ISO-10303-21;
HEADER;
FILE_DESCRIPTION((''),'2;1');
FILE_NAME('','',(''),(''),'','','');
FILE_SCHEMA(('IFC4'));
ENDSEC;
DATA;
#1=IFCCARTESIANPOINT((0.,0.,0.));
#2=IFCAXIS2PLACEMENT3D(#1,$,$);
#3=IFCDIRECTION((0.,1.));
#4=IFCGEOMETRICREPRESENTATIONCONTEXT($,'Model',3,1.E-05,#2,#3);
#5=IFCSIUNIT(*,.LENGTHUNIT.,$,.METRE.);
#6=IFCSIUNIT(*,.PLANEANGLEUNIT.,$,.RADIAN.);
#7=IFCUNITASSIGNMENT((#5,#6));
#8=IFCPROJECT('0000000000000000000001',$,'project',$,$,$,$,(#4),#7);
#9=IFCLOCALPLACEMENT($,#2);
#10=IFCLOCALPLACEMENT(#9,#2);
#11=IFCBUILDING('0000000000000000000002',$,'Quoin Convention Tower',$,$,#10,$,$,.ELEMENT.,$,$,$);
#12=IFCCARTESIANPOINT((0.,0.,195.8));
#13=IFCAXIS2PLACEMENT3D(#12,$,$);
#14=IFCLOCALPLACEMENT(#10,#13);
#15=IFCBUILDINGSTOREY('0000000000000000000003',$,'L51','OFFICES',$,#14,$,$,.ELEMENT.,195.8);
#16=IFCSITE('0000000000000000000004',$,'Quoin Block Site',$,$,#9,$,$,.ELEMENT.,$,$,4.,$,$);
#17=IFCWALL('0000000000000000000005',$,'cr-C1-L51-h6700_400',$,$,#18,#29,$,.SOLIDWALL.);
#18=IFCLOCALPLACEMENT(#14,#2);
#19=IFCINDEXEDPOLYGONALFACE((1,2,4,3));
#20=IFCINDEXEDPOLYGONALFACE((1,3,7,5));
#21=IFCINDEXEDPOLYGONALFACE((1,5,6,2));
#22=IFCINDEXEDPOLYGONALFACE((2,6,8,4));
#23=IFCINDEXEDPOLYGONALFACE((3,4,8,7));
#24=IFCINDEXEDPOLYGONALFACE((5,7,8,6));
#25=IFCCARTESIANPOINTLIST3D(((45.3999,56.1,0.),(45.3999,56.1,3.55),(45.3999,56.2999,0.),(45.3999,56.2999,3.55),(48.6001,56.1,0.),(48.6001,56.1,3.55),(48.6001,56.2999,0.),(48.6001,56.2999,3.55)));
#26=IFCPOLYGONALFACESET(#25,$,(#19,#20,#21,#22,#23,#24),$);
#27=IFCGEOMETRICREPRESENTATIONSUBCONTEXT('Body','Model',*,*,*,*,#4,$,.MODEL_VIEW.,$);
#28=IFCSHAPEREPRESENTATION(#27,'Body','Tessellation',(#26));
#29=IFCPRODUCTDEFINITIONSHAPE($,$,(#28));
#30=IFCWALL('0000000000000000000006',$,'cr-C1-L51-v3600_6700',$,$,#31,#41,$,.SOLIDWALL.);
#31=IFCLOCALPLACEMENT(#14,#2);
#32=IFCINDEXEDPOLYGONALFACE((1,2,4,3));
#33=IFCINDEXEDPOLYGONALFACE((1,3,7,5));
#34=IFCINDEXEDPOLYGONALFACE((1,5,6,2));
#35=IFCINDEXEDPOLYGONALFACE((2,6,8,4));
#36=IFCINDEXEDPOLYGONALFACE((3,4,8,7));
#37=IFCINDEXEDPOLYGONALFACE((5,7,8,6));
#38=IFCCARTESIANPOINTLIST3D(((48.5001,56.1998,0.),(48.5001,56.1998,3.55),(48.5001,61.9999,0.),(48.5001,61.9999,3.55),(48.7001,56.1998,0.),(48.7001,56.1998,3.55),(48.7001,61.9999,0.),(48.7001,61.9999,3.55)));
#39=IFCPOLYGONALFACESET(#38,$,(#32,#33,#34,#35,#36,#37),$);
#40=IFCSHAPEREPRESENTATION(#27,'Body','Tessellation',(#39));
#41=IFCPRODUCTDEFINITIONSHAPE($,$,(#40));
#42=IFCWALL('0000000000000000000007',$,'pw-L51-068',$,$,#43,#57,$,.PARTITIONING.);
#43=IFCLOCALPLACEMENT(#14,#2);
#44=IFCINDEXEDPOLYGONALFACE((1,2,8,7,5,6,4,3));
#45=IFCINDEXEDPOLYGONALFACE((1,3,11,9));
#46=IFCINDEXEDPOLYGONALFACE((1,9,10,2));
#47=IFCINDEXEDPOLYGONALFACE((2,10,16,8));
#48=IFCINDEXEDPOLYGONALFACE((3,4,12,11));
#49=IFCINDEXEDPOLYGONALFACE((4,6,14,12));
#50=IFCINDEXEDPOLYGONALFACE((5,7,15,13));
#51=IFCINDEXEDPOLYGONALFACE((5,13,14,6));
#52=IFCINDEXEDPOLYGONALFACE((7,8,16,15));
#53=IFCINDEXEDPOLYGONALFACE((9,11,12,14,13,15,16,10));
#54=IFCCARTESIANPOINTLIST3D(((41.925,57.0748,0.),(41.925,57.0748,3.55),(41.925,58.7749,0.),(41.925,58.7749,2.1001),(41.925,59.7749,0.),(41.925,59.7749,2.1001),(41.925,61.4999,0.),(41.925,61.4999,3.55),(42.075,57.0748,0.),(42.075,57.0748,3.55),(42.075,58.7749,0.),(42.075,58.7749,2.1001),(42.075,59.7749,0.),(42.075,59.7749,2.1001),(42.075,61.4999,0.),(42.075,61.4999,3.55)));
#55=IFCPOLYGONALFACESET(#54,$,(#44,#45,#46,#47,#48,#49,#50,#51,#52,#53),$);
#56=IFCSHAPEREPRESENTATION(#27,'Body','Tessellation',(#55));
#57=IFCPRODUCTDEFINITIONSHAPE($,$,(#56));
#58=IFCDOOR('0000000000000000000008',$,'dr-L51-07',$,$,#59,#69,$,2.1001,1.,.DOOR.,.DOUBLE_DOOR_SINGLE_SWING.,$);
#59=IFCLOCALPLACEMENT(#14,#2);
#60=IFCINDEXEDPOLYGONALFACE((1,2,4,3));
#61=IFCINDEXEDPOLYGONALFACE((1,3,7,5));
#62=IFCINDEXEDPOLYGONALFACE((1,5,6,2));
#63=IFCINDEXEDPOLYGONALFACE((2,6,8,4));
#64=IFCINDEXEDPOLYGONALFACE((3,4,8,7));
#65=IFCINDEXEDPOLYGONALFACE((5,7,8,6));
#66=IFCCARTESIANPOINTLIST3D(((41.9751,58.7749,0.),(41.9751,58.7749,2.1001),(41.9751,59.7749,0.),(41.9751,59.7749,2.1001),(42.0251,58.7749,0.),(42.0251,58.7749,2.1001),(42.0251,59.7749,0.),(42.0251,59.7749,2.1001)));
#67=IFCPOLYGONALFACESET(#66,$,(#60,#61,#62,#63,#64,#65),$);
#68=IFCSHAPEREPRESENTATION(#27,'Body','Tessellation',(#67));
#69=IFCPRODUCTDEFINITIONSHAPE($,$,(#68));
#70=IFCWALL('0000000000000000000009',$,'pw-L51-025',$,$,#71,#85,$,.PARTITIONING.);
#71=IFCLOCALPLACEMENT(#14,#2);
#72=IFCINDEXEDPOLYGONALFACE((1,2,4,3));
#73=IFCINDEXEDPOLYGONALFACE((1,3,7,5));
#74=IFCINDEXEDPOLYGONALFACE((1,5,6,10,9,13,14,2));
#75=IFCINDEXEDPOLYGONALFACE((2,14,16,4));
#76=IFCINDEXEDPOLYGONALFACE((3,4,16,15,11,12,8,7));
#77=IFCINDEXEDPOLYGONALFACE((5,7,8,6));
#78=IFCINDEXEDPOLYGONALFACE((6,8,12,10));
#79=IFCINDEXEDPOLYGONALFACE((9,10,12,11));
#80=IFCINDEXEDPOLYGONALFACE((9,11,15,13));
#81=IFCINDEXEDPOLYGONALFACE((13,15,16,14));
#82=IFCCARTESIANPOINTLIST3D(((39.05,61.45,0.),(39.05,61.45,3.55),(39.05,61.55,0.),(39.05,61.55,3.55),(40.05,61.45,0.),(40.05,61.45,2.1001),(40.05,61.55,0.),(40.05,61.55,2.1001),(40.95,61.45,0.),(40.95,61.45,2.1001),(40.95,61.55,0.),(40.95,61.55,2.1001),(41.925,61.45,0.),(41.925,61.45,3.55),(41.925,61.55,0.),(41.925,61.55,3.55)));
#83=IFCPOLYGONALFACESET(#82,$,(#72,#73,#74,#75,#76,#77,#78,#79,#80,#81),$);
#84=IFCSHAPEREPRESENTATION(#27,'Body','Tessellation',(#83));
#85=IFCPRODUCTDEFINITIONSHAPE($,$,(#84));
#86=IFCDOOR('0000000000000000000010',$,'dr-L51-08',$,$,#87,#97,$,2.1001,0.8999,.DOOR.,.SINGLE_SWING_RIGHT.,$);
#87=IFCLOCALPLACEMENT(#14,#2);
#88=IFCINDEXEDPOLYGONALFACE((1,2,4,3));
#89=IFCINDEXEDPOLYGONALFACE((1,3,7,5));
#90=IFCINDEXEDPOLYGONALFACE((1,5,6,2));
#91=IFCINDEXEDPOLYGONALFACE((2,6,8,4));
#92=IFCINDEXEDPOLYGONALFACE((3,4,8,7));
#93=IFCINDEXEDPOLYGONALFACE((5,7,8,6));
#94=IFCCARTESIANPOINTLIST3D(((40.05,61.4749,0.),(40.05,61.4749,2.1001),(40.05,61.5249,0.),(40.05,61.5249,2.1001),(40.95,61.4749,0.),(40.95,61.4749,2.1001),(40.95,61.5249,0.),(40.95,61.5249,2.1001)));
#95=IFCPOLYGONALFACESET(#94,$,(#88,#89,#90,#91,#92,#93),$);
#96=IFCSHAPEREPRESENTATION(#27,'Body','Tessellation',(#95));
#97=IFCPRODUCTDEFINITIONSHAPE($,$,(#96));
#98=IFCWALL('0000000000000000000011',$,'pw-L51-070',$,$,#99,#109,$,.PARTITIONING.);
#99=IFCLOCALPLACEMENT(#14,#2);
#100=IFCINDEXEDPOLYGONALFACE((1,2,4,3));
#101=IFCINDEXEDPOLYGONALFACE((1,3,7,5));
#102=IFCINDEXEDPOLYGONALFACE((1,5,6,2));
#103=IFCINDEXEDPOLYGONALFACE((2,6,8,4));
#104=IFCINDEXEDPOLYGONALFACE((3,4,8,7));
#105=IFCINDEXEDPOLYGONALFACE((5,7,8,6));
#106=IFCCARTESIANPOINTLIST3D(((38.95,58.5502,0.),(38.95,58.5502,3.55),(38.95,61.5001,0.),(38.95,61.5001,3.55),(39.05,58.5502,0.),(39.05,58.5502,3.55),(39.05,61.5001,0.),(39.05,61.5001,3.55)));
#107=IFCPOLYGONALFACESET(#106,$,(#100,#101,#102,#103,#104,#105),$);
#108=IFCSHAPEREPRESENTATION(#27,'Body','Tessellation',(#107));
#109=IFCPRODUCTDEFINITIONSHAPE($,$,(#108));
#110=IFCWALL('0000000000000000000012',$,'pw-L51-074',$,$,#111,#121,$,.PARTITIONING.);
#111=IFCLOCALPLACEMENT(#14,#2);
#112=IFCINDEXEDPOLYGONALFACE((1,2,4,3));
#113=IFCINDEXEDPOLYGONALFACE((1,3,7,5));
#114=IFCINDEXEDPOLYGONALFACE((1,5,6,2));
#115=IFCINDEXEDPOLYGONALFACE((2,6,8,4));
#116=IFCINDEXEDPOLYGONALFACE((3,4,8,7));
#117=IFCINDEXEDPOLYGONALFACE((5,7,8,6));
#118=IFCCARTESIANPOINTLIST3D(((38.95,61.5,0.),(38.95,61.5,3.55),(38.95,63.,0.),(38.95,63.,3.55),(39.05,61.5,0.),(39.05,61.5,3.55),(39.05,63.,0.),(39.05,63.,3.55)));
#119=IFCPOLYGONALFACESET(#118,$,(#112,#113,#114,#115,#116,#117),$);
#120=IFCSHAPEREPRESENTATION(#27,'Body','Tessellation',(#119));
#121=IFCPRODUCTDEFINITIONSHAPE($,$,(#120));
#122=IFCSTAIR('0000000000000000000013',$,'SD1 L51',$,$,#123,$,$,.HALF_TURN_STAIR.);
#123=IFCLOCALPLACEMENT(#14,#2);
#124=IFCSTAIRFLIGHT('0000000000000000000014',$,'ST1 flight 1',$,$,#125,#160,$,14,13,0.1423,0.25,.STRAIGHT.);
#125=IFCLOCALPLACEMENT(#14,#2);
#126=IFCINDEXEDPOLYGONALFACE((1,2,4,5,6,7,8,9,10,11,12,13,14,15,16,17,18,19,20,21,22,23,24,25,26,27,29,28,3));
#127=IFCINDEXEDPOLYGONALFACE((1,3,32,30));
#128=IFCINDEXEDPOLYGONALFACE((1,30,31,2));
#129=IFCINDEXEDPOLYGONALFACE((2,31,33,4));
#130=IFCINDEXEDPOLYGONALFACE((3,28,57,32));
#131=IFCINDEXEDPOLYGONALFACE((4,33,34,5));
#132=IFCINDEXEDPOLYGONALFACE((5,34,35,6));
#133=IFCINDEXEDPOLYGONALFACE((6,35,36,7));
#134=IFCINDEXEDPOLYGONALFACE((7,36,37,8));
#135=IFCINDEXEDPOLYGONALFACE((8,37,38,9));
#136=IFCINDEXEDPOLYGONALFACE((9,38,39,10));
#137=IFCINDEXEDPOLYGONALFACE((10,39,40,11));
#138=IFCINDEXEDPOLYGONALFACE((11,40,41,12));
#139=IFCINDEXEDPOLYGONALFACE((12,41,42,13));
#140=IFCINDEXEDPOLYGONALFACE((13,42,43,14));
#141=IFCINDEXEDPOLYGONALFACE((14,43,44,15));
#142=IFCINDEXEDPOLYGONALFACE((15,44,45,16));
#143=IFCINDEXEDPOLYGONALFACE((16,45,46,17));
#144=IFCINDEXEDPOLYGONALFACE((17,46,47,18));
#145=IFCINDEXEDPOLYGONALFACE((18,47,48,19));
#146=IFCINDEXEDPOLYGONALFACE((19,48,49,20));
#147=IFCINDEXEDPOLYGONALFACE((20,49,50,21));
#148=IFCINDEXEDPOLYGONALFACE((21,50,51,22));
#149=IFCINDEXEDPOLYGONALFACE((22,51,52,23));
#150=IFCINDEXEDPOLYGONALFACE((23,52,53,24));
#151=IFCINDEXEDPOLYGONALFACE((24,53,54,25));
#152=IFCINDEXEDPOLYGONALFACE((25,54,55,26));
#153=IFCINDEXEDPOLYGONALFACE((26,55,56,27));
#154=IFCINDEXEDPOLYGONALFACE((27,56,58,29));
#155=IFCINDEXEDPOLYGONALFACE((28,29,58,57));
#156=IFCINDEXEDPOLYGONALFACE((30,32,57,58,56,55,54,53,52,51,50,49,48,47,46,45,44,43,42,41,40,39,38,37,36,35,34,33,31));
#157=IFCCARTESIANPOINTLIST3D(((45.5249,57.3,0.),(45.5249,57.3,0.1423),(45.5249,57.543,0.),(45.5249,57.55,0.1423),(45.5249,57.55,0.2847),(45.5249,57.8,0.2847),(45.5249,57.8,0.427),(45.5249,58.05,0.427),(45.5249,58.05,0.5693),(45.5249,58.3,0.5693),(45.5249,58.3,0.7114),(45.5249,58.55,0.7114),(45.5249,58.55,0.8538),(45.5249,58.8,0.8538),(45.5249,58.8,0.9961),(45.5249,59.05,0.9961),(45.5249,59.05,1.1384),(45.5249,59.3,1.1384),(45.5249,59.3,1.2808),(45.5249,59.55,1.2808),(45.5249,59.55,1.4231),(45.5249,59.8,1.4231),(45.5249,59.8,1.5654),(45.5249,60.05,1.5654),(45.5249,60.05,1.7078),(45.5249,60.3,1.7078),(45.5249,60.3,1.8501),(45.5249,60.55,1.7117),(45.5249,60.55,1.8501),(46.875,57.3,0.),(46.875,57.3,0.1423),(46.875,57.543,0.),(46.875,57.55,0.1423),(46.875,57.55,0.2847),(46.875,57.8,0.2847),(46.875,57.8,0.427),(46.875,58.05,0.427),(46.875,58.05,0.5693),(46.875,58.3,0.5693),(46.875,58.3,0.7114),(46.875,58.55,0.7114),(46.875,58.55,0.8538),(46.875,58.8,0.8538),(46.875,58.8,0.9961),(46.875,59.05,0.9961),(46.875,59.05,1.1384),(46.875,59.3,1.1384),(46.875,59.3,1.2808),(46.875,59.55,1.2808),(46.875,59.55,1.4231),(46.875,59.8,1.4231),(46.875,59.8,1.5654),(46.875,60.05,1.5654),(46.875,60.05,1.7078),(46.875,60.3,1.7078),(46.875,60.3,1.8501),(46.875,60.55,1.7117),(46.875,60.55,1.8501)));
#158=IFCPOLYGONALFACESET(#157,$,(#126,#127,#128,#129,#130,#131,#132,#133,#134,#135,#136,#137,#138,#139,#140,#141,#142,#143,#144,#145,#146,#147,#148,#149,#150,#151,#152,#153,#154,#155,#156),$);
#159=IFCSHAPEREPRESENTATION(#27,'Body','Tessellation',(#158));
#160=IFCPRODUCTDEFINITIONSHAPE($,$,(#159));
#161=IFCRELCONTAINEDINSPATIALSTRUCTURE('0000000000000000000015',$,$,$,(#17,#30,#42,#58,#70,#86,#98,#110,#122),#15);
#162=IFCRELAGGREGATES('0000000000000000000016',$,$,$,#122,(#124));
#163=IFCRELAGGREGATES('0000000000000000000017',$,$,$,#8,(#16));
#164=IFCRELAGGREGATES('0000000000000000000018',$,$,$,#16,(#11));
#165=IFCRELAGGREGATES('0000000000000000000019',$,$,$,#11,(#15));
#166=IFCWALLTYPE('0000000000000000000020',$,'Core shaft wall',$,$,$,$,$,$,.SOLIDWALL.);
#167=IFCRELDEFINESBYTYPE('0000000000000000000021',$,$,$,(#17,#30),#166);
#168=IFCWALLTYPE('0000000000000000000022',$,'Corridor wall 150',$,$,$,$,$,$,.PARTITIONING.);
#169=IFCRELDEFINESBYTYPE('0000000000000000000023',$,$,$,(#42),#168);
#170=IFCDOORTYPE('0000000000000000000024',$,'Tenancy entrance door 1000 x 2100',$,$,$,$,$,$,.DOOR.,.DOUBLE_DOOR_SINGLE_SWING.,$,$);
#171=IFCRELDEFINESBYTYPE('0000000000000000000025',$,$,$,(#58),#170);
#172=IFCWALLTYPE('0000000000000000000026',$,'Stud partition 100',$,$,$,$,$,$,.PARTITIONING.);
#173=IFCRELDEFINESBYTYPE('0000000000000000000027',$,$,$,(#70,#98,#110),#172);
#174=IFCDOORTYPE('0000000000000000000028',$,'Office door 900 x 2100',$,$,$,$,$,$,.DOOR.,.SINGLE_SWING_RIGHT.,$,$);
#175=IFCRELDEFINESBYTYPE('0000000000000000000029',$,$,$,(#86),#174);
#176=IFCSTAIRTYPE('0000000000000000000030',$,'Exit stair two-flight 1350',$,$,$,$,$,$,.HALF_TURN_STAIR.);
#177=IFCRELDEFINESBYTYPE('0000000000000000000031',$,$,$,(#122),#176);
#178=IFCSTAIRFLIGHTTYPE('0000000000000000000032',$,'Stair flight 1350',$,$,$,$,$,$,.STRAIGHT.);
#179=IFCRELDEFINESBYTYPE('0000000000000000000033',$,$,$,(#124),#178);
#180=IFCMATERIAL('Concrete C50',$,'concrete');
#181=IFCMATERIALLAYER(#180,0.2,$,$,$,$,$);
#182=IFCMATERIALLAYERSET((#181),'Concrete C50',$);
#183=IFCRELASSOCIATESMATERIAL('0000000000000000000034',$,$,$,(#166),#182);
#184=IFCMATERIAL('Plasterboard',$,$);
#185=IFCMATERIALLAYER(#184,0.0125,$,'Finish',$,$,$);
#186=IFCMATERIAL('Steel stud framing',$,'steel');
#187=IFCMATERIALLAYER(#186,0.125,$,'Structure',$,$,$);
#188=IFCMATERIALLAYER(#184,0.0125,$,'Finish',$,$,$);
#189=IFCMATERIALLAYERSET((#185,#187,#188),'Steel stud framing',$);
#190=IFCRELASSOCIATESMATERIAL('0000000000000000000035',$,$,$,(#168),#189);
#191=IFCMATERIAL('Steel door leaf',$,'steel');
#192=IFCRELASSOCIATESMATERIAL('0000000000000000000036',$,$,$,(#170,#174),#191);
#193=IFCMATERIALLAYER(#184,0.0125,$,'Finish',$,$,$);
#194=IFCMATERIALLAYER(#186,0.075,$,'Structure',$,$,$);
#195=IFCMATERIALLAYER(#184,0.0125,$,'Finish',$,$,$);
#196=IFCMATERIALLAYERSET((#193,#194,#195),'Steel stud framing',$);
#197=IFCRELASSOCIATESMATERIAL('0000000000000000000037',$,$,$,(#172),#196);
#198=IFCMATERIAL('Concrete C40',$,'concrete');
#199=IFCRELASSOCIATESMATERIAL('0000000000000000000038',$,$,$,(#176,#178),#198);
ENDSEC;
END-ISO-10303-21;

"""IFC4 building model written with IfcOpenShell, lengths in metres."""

from ifc_helpers import new_model, si_unit, direction, frame, frame_2d, origin, place, context, subcontext, project, spatial, polyline, rectangle, outline, extrude, material, layer, layer_set, type_object, element, fill, aggregate, save


model = new_model("IFC4")

# Units and contexts
model_context = context("Model", 3, precision=1e-05, world=origin(), true_north=direction((0.0, 1.0)))
body_context = subcontext(model_context, "Body", "Model", "MODEL_VIEW")
ifc_project = project(units=[si_unit("LENGTHUNIT", "METRE"), si_unit("PLANEANGLEUNIT", "RADIAN")], contexts=[model_context])

# Site, building, storey
site_placement = place(None, origin())
site = spatial("IfcSite", under=ifc_project, at=site_placement, Name="Quoin Block Site", CompositionType="ELEMENT", RefElevation=4.0)
building_placement = place(site_placement, origin())
building = spatial("IfcBuilding", under=site, at=building_placement, Name="Quoin Convention Tower", CompositionType="ELEMENT")
storey_placement = place(building_placement, frame((0.0, 0.0, 195.8)))
storey = spatial("IfcBuildingStorey", under=building, at=storey_placement, Name="L51", Description="OFFICES", CompositionType="ELEMENT", Elevation=195.8)

# Walls
ifc_material_1 = material(Name="Concrete C50", Category="concrete")
ifc_layer_1 = layer(ifc_material_1, 0.2)
ifc_layer_set_1 = layer_set([ifc_layer_1], Name="Concrete C50")
wall_type_1 = type_object("IfcWallType", Name="Core shaft wall", PredefinedType="SOLIDWALL", material=ifc_layer_set_1)
wall_1_placement = place(storey_placement, frame((45.3999, 56.2, 0.0), z_axis=(0.0, 0.0, 1.0), x_axis=(1.0, 0.0, 0.0)))
element("IfcWall", 1, at=wall_1_placement, inside=storey, type_object=wall_type_1, Name="cr-C1-L51-h6700_400", PredefinedType="SOLIDWALL", context=body_context, shape_type="SweptSolid", body=[
    extrude(rectangle(XDim=3.2002, YDim=0.2, at=frame_2d((1.6001, 0.0))), origin(), (0.0, 0.0, 1.0), 3.55),
])
wall_2_placement = place(storey_placement, frame((48.6001, 56.2, 0.0), z_axis=(0.0, 0.0, 1.0), x_axis=(0.0, 1.0, 0.0)))
element("IfcWall", 2, at=wall_2_placement, inside=storey, type_object=wall_type_1, Name="cr-C1-L51-v3600_6700", PredefinedType="SOLIDWALL", context=body_context, shape_type="SweptSolid", body=[
    extrude(rectangle(XDim=5.8, YDim=0.2, at=frame_2d((2.8999, 0.0))), origin(), (0.0, 0.0, 1.0), 3.55),
])

# Walls, openings, doors
ifc_material_2 = material(Name="Plasterboard")
ifc_layer_2 = layer(ifc_material_2, 0.0125, Name="Finish")
ifc_material_3 = material(Name="Steel stud framing", Category="steel")
ifc_layer_3 = layer(ifc_material_3, 0.125, Name="Structure")
ifc_layer_4 = layer(ifc_material_2, 0.0125, Name="Finish")
ifc_layer_set_2 = layer_set([ifc_layer_2, ifc_layer_3, ifc_layer_4], Name="Steel stud framing")
wall_type_2 = type_object("IfcWallType", Name="Corridor wall 150", PredefinedType="PARTITIONING", material=ifc_layer_set_2)
wall_3_placement = place(storey_placement, frame((42.0, 57.075, 0.0), z_axis=(0.0, 0.0, 1.0), x_axis=(0.0, 1.0, 0.0)))
wall_3 = element("IfcWall", 3, at=wall_3_placement, inside=storey, type_object=wall_type_2, Name="pw-L51-068", PredefinedType="PARTITIONING", context=body_context, shape_type="SweptSolid", body=[
    extrude(rectangle(XDim=4.425, YDim=0.1499, at=frame_2d((2.2124, 0.0))), origin(), (0.0, 0.0, 1.0), 3.55),
])
opening_1_placement = place(wall_3_placement, frame((1.7, 0.0, 0.0)))
opening_1 = element("IfcOpeningElement", 4, at=opening_1_placement, cuts=wall_3, PredefinedType="OPENING", context=body_context, shape_type="SweptSolid", body=[
    extrude(rectangle(XDim=1.0, YDim=2.1001, at=frame_2d((0.5, 1.05))), frame((0.0, 0.085, 0.0), z_axis=(0.0, -1.0, 0.0), x_axis=(1.0, 0.0, 0.0)), (0.0, 0.0, 1.0), 0.1699),
])
ifc_material_4 = material(Name="Steel door leaf", Category="steel")
door_type_1 = type_object("IfcDoorType", Name="Tenancy entrance door 1000 x 2100", OperationType="DOUBLE_DOOR_SINGLE_SWING", PredefinedType="DOOR", material=ifc_material_4)
door_1_placement = place(opening_1_placement, origin())
door_1 = element("IfcDoor", 5, at=door_1_placement, inside=storey, type_object=door_type_1, Name="dr-L51-07", OperationType="DOUBLE_DOOR_SINGLE_SWING", OverallHeight=2.1001, OverallWidth=1.0, PredefinedType="DOOR", context=body_context, shape_type="SweptSolid", body=[
    extrude(rectangle(XDim=1.0, YDim=2.1001, at=frame_2d((0.5, 1.05))), frame((0.0, 0.0249, 0.0), z_axis=(0.0, -1.0, 0.0), x_axis=(1.0, 0.0, 0.0)), (0.0, 0.0, 1.0), 0.05),
])
fill(opening_1, door_1)
ifc_layer_5 = layer(ifc_material_2, 0.0125, Name="Finish")
ifc_layer_6 = layer(ifc_material_3, 0.075, Name="Structure")
ifc_layer_7 = layer(ifc_material_2, 0.0125, Name="Finish")
ifc_layer_set_3 = layer_set([ifc_layer_5, ifc_layer_6, ifc_layer_7], Name="Steel stud framing")
wall_type_3 = type_object("IfcWallType", Name="Stud partition 100", PredefinedType="PARTITIONING", material=ifc_layer_set_3)
wall_4_placement = place(storey_placement, frame((39.05, 61.5, 0.0), z_axis=(0.0, 0.0, 1.0), x_axis=(1.0, 0.0, 0.0)))
wall_4 = element("IfcWall", 6, at=wall_4_placement, inside=storey, type_object=wall_type_3, Name="pw-L51-025", PredefinedType="PARTITIONING", context=body_context, shape_type="SweptSolid", body=[
    extrude(rectangle(XDim=2.875, YDim=0.1001, at=frame_2d((1.4375, 0.0))), origin(), (0.0, 0.0, 1.0), 3.55),
])
opening_2_placement = place(wall_4_placement, frame((1.0, 0.0, 0.0)))
opening_2 = element("IfcOpeningElement", 7, at=opening_2_placement, cuts=wall_4, PredefinedType="OPENING", context=body_context, shape_type="SweptSolid", body=[
    extrude(rectangle(XDim=0.8999, YDim=2.1001, at=frame_2d((0.45, 1.05))), frame((0.0, 0.0601, 0.0), z_axis=(0.0, -1.0, 0.0), x_axis=(1.0, 0.0, 0.0)), (0.0, 0.0, 1.0), 0.1201),
])
door_type_2 = type_object("IfcDoorType", Name="Office door 900 x 2100", OperationType="SINGLE_SWING_RIGHT", PredefinedType="DOOR", material=ifc_material_4)
door_2_placement = place(opening_2_placement, origin())
door_2 = element("IfcDoor", 8, at=door_2_placement, inside=storey, type_object=door_type_2, Name="dr-L51-08", OperationType="SINGLE_SWING_RIGHT", OverallHeight=2.1001, OverallWidth=0.8999, PredefinedType="DOOR", context=body_context, shape_type="SweptSolid", body=[
    extrude(rectangle(XDim=0.8999, YDim=2.1001, at=frame_2d((0.45, 1.05))), frame((0.0, 0.0249, 0.0), z_axis=(0.0, -1.0, 0.0), x_axis=(1.0, 0.0, 0.0)), (0.0, 0.0, 1.0), 0.05),
])
fill(opening_2, door_2)

# Walls
wall_5_placement = place(storey_placement, frame((39.0, 58.55, 0.0), z_axis=(0.0, 0.0, 1.0), x_axis=(0.0, 1.0, 0.0)))
element("IfcWall", 9, at=wall_5_placement, inside=storey, type_object=wall_type_3, Name="pw-L51-070", PredefinedType="PARTITIONING", context=body_context, shape_type="SweptSolid", body=[
    extrude(rectangle(XDim=2.95, YDim=0.1001, at=frame_2d((1.4751, 0.0))), origin(), (0.0, 0.0, 1.0), 3.55),
])
wall_6_placement = place(storey_placement, frame((39.0, 61.5, 0.0), z_axis=(0.0, 0.0, 1.0), x_axis=(0.0, 1.0, 0.0)))
element("IfcWall", 10, at=wall_6_placement, inside=storey, type_object=wall_type_3, Name="pw-L51-074", PredefinedType="PARTITIONING", context=body_context, shape_type="SweptSolid", body=[
    extrude(rectangle(XDim=1.5, YDim=0.1001, at=frame_2d((0.75, 0.0))), origin(), (0.0, 0.0, 1.0), 3.55),
])

# Stair, stair flight
ifc_material_5 = material(Name="Concrete C40", Category="concrete")
stair_type = type_object("IfcStairType", Name="Exit stair two-flight 1350", PredefinedType="HALF_TURN_STAIR", material=ifc_material_5)
stair_placement = place(storey_placement, origin())
stair = element("IfcStair", 11, at=stair_placement, inside=storey, type_object=stair_type, Name="SD1 L51", PredefinedType="HALF_TURN_STAIR")
stair_flight_type = type_object("IfcStairFlightType", Name="Stair flight 1350", PredefinedType="STRAIGHT", material=ifc_material_5)
stair_flight_1_placement = place(storey_placement, frame((46.2, 57.3, 0.0), z_axis=(0.0, 0.0, 1.0), x_axis=(0.0, 1.0, 0.0)))
stair_flight_1 = element("IfcStairFlight", 12, at=stair_flight_1_placement, type_object=stair_flight_type, Name="ST1 flight 1", NumberOfRisers=14, NumberOfTreads=13, PredefinedType="STRAIGHT", RiserHeight=0.1423, TreadLength=0.25, context=body_context, shape_type="SweptSolid", body=[
    extrude(outline(polyline([(0.0, 0.0), (0.0, 0.1423), (0.25, 0.1423), (0.25, 0.2847), (0.5, 0.2847), (0.5, 0.427), (0.75, 0.427), (0.75, 0.5693), (1.0, 0.5693), (1.0, 0.7114), (1.25, 0.7114), (1.25, 0.8538), (1.5, 0.8538), (1.5, 0.9961), (1.75, 0.9961), (1.75, 1.1384), (2.0, 1.1384), (2.0, 1.2808), (2.25, 1.2808), (2.25, 1.4231), (2.5, 1.4231), (2.5, 1.5654), (2.75, 1.5654), (2.75, 1.7078), (3.0, 1.7078), (3.0, 1.8501), (3.25, 1.8501), (3.25, 1.9922), (3.25, 1.7117), (0.2429, 0.0), (0.0, 0.0)])), frame((0.0, 0.675, 0.0), z_axis=(0.0, -1.0, 0.0), x_axis=(1.0, 0.0, 0.0)), (0.0, 0.0, 1.0), 1.3501),
])
aggregate(stair, [stair_flight_1])

save(model, "model.ifc")
